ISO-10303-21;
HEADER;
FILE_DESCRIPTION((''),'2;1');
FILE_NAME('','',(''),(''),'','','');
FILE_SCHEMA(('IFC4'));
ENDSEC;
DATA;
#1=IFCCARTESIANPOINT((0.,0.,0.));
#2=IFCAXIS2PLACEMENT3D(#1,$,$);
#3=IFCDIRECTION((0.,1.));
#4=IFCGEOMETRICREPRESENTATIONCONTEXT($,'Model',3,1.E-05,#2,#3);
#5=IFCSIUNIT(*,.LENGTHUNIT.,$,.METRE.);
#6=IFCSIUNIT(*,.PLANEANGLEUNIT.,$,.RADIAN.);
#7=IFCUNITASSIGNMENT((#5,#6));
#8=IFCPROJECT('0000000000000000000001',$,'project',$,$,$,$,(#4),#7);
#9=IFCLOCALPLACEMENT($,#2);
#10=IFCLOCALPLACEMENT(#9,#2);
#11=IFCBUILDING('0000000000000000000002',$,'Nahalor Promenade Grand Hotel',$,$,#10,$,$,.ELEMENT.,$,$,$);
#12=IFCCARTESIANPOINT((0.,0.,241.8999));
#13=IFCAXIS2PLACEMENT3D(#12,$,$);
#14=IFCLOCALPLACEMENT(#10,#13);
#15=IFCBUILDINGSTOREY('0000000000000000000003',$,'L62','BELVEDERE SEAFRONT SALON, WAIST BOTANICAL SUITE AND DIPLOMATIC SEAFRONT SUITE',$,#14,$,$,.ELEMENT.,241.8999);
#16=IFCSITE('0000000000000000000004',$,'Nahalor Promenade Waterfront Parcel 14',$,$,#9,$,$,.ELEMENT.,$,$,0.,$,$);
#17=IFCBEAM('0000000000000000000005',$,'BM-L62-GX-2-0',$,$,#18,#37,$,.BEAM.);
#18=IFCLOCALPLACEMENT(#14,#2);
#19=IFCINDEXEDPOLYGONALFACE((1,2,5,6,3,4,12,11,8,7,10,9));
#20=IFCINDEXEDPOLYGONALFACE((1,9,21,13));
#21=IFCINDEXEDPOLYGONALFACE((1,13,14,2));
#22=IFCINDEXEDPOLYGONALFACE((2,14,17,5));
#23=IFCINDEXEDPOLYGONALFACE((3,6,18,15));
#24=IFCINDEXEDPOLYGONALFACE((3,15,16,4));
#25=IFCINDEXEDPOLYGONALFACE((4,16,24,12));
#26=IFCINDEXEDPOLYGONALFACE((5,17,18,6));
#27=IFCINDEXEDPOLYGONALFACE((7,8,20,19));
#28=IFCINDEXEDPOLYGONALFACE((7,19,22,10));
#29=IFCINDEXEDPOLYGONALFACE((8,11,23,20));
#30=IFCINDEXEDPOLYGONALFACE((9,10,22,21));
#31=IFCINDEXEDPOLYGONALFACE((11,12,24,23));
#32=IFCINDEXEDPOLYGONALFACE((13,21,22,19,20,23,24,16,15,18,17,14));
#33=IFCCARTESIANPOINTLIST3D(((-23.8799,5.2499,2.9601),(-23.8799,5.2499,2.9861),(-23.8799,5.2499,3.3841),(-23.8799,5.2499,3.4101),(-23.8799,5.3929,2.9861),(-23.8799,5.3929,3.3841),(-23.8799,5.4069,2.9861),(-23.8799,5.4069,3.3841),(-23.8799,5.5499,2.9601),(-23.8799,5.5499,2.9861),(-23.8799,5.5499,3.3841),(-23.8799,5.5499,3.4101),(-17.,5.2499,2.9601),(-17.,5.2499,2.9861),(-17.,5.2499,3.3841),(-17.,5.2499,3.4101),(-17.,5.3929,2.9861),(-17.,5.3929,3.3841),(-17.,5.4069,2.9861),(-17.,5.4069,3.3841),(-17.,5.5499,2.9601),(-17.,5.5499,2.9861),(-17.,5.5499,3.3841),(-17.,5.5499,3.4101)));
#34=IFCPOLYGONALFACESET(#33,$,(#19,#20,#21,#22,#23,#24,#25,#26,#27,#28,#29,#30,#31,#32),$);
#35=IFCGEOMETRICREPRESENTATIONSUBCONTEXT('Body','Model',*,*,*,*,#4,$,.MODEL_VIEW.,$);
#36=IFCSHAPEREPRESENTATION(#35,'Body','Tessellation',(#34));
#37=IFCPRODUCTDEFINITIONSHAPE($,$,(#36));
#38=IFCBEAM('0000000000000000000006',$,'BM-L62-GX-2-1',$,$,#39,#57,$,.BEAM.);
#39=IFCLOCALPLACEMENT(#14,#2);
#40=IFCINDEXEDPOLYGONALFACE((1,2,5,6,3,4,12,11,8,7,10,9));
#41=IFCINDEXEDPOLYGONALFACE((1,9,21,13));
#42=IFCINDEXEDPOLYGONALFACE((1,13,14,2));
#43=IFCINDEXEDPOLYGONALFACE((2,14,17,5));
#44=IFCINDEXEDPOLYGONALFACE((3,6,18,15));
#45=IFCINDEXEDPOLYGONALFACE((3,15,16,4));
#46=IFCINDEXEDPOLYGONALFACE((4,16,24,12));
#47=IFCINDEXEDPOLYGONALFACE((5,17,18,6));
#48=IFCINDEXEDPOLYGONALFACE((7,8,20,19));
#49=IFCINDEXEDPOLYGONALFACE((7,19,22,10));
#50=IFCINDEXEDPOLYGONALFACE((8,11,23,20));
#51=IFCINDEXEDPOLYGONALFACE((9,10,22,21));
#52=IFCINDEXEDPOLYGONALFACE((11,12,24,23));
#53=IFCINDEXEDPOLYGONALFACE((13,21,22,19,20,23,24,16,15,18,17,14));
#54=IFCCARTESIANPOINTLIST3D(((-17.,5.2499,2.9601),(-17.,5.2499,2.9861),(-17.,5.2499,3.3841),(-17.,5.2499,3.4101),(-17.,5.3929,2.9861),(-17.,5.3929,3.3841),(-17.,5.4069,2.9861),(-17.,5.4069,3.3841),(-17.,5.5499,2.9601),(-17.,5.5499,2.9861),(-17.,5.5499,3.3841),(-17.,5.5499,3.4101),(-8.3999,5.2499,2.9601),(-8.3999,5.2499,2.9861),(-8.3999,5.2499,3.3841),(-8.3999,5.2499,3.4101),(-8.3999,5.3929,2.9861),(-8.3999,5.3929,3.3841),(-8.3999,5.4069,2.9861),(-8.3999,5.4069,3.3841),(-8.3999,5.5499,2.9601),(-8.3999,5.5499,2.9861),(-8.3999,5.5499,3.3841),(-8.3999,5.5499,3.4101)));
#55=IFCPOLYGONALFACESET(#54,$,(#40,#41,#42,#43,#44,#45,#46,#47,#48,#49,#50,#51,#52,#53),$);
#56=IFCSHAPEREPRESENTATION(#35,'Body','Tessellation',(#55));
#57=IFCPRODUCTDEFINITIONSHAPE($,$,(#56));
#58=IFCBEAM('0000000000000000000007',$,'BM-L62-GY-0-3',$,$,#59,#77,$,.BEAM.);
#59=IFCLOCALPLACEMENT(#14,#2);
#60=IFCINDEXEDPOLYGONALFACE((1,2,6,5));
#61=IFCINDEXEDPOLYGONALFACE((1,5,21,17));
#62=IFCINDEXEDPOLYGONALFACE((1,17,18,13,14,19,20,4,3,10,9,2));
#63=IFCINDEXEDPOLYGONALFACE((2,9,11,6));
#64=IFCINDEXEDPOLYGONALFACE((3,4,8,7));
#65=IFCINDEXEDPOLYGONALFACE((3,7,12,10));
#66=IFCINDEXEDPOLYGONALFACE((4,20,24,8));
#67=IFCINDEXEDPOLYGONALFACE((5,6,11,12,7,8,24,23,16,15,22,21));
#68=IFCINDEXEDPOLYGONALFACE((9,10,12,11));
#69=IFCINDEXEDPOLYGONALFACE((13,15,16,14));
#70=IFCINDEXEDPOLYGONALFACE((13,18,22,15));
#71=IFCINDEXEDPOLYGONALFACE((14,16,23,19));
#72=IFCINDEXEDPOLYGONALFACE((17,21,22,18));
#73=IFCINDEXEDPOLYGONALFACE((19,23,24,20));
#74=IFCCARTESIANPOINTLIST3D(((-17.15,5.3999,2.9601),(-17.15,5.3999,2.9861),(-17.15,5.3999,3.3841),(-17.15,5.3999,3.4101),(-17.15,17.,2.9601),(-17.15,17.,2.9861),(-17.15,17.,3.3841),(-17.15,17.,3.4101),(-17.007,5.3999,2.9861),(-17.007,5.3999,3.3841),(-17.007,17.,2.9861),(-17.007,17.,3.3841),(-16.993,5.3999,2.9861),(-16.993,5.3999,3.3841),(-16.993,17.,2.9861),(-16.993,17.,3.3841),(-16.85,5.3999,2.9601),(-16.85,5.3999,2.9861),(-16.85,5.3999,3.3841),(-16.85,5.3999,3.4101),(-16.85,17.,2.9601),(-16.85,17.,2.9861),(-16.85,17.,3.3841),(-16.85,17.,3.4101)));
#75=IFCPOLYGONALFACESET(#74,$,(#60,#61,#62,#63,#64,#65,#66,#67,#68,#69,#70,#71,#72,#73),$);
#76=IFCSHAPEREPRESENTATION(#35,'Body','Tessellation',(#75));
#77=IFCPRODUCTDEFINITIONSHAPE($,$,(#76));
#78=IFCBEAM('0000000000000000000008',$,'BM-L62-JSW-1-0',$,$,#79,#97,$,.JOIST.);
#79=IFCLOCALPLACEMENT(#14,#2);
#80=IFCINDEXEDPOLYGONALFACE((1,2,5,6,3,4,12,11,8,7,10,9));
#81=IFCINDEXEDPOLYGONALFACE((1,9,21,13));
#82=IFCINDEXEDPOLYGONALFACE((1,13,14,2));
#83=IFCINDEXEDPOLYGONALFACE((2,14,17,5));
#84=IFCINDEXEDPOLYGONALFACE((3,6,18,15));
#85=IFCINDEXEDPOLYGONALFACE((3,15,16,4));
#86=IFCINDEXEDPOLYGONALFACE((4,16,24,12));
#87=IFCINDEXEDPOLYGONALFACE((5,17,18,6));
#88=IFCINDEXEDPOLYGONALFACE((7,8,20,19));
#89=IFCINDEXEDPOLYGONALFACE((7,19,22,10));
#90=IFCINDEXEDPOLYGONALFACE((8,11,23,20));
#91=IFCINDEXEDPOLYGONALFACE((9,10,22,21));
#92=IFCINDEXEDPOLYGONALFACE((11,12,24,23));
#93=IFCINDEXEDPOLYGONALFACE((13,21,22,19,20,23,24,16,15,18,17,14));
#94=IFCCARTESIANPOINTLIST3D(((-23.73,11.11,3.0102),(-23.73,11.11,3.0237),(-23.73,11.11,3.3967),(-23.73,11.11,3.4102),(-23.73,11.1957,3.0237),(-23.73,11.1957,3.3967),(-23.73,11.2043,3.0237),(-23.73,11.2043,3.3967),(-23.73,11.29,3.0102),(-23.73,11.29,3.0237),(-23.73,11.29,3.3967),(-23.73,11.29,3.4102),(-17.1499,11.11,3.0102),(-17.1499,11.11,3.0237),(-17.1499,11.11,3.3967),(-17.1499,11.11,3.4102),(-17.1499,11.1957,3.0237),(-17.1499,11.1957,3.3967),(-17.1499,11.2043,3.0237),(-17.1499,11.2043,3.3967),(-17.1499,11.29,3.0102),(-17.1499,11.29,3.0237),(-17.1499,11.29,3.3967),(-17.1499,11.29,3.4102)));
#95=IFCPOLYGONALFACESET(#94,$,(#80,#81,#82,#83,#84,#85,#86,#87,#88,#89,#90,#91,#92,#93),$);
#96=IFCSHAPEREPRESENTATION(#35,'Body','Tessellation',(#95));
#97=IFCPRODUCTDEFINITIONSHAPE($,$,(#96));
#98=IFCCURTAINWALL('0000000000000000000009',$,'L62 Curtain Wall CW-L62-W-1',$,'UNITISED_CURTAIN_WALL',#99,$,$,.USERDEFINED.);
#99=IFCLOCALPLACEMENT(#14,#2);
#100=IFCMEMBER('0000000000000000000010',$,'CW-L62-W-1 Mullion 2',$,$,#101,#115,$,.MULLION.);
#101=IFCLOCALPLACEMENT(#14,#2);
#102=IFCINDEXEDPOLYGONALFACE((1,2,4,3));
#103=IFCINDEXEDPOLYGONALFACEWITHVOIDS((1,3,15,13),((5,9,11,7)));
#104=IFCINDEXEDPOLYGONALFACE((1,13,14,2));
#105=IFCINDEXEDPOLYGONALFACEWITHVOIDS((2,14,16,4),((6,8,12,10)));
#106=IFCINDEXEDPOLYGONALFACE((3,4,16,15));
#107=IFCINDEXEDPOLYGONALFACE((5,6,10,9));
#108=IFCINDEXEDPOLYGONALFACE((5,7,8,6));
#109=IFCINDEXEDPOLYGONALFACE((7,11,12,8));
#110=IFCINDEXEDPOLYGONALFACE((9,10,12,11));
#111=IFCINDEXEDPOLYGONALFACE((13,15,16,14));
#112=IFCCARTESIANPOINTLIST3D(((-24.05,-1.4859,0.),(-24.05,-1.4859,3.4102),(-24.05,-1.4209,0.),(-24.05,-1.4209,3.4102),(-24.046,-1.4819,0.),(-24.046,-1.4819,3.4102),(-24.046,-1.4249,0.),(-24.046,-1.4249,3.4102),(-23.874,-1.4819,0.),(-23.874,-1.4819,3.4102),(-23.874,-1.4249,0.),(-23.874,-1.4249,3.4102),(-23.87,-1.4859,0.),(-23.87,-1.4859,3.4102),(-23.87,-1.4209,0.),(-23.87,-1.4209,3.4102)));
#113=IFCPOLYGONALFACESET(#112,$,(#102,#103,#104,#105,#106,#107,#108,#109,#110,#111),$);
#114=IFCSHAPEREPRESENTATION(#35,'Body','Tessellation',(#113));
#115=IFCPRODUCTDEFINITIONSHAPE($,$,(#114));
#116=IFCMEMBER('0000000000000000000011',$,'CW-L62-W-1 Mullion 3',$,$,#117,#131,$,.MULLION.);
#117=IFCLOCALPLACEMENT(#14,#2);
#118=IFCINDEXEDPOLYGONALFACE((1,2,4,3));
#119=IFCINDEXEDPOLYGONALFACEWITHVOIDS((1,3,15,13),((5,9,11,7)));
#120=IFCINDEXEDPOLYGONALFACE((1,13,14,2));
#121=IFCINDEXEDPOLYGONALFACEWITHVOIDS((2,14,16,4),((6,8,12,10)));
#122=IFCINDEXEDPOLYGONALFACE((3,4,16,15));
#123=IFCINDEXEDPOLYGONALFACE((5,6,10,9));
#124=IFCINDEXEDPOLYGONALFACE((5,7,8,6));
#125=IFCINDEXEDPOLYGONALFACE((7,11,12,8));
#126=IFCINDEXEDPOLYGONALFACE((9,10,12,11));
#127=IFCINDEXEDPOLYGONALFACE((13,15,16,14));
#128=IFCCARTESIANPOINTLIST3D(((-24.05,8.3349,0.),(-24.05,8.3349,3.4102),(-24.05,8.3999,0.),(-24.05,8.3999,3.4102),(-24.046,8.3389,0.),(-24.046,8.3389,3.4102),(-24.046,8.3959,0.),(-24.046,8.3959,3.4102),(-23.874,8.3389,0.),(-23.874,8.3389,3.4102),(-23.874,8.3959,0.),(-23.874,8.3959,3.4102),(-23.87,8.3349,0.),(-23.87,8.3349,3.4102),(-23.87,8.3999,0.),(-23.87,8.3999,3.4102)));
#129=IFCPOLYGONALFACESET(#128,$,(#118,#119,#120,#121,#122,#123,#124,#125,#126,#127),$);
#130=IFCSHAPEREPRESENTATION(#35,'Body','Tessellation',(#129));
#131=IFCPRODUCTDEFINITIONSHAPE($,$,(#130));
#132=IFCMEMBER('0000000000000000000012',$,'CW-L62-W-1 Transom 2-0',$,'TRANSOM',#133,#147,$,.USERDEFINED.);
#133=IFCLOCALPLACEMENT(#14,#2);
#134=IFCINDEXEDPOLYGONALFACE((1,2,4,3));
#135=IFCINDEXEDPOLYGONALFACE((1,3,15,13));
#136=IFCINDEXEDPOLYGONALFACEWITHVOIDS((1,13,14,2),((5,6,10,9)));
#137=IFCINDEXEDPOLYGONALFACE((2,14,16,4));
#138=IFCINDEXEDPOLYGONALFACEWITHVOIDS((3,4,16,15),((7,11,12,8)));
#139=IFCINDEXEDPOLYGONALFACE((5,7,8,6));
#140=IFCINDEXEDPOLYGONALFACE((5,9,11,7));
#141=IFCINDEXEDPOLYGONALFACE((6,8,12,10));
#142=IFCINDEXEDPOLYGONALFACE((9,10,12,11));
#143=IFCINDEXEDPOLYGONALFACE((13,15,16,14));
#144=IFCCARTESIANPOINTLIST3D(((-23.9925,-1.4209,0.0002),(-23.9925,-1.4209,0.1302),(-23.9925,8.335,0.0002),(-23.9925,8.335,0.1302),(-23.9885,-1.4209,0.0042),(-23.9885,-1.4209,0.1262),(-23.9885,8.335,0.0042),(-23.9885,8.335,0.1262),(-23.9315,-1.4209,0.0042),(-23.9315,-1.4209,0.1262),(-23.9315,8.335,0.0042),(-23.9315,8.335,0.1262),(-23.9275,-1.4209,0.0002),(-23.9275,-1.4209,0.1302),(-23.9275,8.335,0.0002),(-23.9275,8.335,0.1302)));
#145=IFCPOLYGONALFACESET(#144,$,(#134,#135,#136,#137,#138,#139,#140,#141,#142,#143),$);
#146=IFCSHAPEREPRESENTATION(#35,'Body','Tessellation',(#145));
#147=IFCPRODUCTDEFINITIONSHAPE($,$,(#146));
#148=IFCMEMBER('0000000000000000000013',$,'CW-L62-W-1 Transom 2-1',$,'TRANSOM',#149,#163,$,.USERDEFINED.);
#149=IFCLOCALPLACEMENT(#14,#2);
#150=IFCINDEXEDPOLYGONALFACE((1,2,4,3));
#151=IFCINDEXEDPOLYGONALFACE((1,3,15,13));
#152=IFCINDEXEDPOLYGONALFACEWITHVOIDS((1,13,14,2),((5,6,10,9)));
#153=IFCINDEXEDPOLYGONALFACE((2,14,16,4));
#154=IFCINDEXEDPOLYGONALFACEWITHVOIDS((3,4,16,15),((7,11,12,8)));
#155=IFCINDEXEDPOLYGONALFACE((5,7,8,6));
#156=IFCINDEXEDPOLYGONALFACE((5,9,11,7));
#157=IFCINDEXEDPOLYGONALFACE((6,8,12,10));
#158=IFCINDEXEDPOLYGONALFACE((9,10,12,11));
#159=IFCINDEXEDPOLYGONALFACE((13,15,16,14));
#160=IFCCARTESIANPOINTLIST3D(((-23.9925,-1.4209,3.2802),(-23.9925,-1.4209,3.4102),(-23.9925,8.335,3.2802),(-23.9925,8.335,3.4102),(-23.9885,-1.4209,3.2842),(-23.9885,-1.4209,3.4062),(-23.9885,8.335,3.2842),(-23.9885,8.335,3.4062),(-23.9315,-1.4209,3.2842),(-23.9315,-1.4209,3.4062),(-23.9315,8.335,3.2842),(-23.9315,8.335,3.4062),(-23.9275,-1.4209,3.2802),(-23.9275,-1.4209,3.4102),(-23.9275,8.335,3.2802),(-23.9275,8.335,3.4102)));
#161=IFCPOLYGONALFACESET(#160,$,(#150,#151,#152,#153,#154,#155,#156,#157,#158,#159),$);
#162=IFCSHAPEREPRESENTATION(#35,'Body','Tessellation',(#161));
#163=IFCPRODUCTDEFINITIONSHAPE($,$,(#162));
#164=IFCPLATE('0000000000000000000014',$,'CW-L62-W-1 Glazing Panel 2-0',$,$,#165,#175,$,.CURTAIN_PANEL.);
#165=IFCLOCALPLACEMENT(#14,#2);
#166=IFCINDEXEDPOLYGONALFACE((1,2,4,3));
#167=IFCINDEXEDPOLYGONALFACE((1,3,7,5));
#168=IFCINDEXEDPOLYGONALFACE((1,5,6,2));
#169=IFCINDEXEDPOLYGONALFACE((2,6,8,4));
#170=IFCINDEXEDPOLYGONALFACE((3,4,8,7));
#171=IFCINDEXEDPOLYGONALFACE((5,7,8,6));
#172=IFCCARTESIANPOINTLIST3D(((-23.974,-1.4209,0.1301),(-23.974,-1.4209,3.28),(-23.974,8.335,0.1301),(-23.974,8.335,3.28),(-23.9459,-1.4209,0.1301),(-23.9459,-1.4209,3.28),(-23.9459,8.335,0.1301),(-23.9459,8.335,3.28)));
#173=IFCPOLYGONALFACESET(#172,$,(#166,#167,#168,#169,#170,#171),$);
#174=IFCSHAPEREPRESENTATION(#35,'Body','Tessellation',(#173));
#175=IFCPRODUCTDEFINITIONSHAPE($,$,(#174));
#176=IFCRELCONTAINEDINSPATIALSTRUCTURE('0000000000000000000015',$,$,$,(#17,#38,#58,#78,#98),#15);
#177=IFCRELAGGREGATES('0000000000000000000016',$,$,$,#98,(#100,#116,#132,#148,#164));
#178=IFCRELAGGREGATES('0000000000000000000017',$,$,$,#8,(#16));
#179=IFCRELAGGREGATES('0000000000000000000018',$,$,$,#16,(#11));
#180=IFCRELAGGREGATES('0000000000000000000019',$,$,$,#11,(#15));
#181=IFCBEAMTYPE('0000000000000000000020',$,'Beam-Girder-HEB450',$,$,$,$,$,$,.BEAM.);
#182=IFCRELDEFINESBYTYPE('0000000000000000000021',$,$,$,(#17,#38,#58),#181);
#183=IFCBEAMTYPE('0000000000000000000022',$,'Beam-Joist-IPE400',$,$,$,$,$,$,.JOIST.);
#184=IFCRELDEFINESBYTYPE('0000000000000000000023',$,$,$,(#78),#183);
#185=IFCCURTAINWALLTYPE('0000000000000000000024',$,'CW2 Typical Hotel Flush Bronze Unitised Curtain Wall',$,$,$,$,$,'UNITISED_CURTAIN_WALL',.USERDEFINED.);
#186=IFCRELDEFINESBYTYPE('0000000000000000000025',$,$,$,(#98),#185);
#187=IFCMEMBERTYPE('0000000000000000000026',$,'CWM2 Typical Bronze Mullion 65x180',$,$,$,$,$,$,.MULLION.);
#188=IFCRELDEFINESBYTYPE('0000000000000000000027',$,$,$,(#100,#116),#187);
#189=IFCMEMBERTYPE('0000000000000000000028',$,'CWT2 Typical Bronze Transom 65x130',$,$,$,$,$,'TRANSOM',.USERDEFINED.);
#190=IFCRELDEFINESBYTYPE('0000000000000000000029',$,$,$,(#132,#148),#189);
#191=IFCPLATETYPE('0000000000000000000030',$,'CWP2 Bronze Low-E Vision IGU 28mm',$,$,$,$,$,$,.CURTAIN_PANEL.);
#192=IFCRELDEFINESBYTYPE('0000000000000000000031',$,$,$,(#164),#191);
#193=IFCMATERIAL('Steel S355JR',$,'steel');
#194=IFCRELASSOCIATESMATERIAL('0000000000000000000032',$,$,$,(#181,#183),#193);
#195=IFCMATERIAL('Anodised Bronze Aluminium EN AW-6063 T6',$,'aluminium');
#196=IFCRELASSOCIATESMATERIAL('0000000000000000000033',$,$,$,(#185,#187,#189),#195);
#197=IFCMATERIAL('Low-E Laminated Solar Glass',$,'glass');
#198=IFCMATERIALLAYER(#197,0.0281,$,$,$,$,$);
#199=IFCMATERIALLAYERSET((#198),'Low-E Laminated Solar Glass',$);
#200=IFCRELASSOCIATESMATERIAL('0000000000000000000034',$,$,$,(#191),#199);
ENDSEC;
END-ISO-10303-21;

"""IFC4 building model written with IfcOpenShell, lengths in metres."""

from ifc_helpers import new_model, si_unit, direction, frame, origin, origin_2d, place, context, subcontext, project, spatial, rectangle, hollow_rectangle, i_section, extrude, source, transform, mapped, material, layer, layer_set, material_profile, profile_set, type_object, element, aggregate, save


model = new_model("IFC4")

# Units and contexts
model_context = context("Model", 3, precision=1e-05, world=origin(), true_north=direction((0.0, 1.0)))
body_context = subcontext(model_context, "Body", "Model", "MODEL_VIEW")
ifc_project = project(units=[si_unit("LENGTHUNIT", "METRE"), si_unit("PLANEANGLEUNIT", "RADIAN")], contexts=[model_context])

# Site, building, storey
site_placement = place(None, origin())
site = spatial("IfcSite", under=ifc_project, at=site_placement, Name="Nahalor Promenade Waterfront Parcel 14", CompositionType="ELEMENT", RefElevation=0.0)
building_placement = place(site_placement, origin())
building = spatial("IfcBuilding", under=site, at=building_placement, Name="Nahalor Promenade Grand Hotel", CompositionType="ELEMENT")
storey_placement = place(building_placement, frame((0.0, 0.0, 241.8999)))
storey = spatial("IfcBuildingStorey", under=building, at=storey_placement, Name="L62", Description="BELVEDERE SEAFRONT SALON, WAIST BOTANICAL SUITE AND DIPLOMATIC SEAFRONT SUITE", CompositionType="ELEMENT", Elevation=241.8999)

# Shared definitions
ifc_material_1 = material(Name="Steel S355JR", Category="steel")

# Beams
ifc_material_profile_1 = material_profile(ifc_material_1, i_section(OverallWidth=0.3, OverallDepth=0.45, WebThickness=0.014, FlangeThickness=0.026, at=origin_2d()), Name="HEB 450")
ifc_profile_set_1 = profile_set([ifc_material_profile_1], Name="Steel S355JR")
beam_type_1 = type_object("IfcBeamType", Name="Beam-Girder-HEB450", PredefinedType="BEAM", material=ifc_profile_set_1)
shared_shape_1 = source(origin(), body_context, "Body", "SweptSolid", [
    extrude(i_section(OverallWidth=0.3, OverallDepth=0.45, WebThickness=0.014, FlangeThickness=0.026, at=origin_2d()), origin(), (0.0, 0.0, 1.0), 6.8799),
])
beam_1_placement = place(storey_placement, frame((-23.8799, 5.3999, 3.1851), z_axis=(1.0, 0.0, 0.0), x_axis=(0.0, 1.0, 0.0)))
element("IfcBeam", 1, at=beam_1_placement, inside=storey, type_object=beam_type_1, Name="BM-L62-GX-2-0", PredefinedType="BEAM", context=body_context, shape_type="MappedRepresentation", body=[
    mapped(shared_shape_1, transform((0.0, 0.0, 0.0), scale=1.0)),
])
shared_shape_2 = source(origin(), body_context, "Body", "SweptSolid", [
    extrude(i_section(OverallWidth=0.3, OverallDepth=0.45, WebThickness=0.014, FlangeThickness=0.026, at=origin_2d()), origin(), (0.0, 0.0, 1.0), 8.6001),
])
beam_2_placement = place(storey_placement, frame((-17.0, 5.3999, 3.1851), z_axis=(1.0, 0.0, 0.0), x_axis=(0.0, 1.0, 0.0)))
element("IfcBeam", 2, at=beam_2_placement, inside=storey, type_object=beam_type_1, Name="BM-L62-GX-2-1", PredefinedType="BEAM", context=body_context, shape_type="MappedRepresentation", body=[
    mapped(shared_shape_2, transform((0.0, 0.0, 0.0), scale=1.0)),
])
shared_shape_3 = source(origin(), body_context, "Body", "SweptSolid", [
    extrude(i_section(OverallWidth=0.3, OverallDepth=0.45, WebThickness=0.014, FlangeThickness=0.026, at=origin_2d()), origin(), (0.0, 0.0, 1.0), 11.6001),
])
beam_3_placement = place(storey_placement, frame((-17.0, 5.3999, 3.1851), z_axis=(0.0, 1.0, 0.0), x_axis=(-1.0, 0.0, 0.0)))
element("IfcBeam", 3, at=beam_3_placement, inside=storey, type_object=beam_type_1, Name="BM-L62-GY-0-3", PredefinedType="BEAM", context=body_context, shape_type="MappedRepresentation", body=[
    mapped(shared_shape_3, transform((0.0, 0.0, 0.0), scale=1.0)),
])
ifc_material_profile_2 = material_profile(ifc_material_1, i_section(OverallWidth=0.18, OverallDepth=0.4, WebThickness=0.0086, FlangeThickness=0.0135, at=origin_2d()), Name="IPE 400")
ifc_profile_set_2 = profile_set([ifc_material_profile_2], Name="Steel S355JR")
beam_type_2 = type_object("IfcBeamType", Name="Beam-Joist-IPE400", PredefinedType="JOIST", material=ifc_profile_set_2)
shared_shape_4 = source(origin(), body_context, "Body", "SweptSolid", [
    extrude(i_section(OverallWidth=0.18, OverallDepth=0.4, WebThickness=0.0086, FlangeThickness=0.0135, at=origin_2d()), origin(), (0.0, 0.0, 1.0), 6.5801),
])
beam_4_placement = place(storey_placement, frame((-23.73, 11.2, 3.2102), z_axis=(1.0, 0.0, 0.0), x_axis=(0.0, 1.0, 0.0)))
element("IfcBeam", 4, at=beam_4_placement, inside=storey, type_object=beam_type_2, Name="BM-L62-JSW-1-0", PredefinedType="JOIST", context=body_context, shape_type="MappedRepresentation", body=[
    mapped(shared_shape_4, transform((0.0, 0.0, 0.0), scale=1.0)),
])

# Curtain wall, members, plate
ifc_material_2 = material(Name="Anodised Bronze Aluminium EN AW-6063 T6", Category="aluminium")
curtain_wall_type = type_object("IfcCurtainWallType", Name="CW2 Typical Hotel Flush Bronze Unitised Curtain Wall", ElementType="UNITISED_CURTAIN_WALL", PredefinedType="USERDEFINED", material=ifc_material_2)
curtain_wall_placement = place(storey_placement, origin())
curtain_wall = element("IfcCurtainWall", 5, at=curtain_wall_placement, inside=storey, type_object=curtain_wall_type, Name="L62 Curtain Wall CW-L62-W-1", ObjectType="UNITISED_CURTAIN_WALL", PredefinedType="USERDEFINED")
ifc_material_profile_3 = material_profile(ifc_material_2, hollow_rectangle(XDim=0.065, YDim=0.18, WallThickness=0.004, at=origin_2d()), Name="CWM 65x180x4")
ifc_profile_set_3 = profile_set([ifc_material_profile_3], Name="Anodised Bronze Aluminium EN AW-6063 T6")
member_type_1 = type_object("IfcMemberType", Name="CWM2 Typical Bronze Mullion 65x180", PredefinedType="MULLION", material=ifc_profile_set_3)
shared_shape_5 = source(origin(), body_context, "Body", "SweptSolid", [
    extrude(hollow_rectangle(XDim=0.065, YDim=0.18, WallThickness=0.004, at=origin_2d()), origin(), (0.0, 0.0, 1.0), 3.4102),
])
member_1_placement = place(storey_placement, frame((-23.96, -1.4534, 0.0), z_axis=(0.0, 0.0, 1.0), x_axis=(0.0, 1.0, 0.0)))
member_1 = element("IfcMember", 6, at=member_1_placement, type_object=member_type_1, Name="CW-L62-W-1 Mullion 2", PredefinedType="MULLION", context=body_context, shape_type="MappedRepresentation", body=[
    mapped(shared_shape_5, transform((0.0, 0.0, 0.0), scale=1.0)),
])
member_2_placement = place(storey_placement, frame((-23.96, 8.3674, 0.0), z_axis=(0.0, 0.0, 1.0), x_axis=(0.0, 1.0, 0.0)))
member_2 = element("IfcMember", 7, at=member_2_placement, type_object=member_type_1, Name="CW-L62-W-1 Mullion 3", PredefinedType="MULLION", context=body_context, shape_type="MappedRepresentation", body=[
    mapped(shared_shape_5, transform((0.0, 0.0, 0.0), scale=1.0)),
])
ifc_material_profile_4 = material_profile(ifc_material_2, hollow_rectangle(XDim=0.065, YDim=0.13, WallThickness=0.004, at=origin_2d()), Name="CWT 65x130x4")
ifc_profile_set_4 = profile_set([ifc_material_profile_4], Name="Anodised Bronze Aluminium EN AW-6063 T6")
member_type_2 = type_object("IfcMemberType", Name="CWT2 Typical Bronze Transom 65x130", ElementType="TRANSOM", PredefinedType="USERDEFINED", material=ifc_profile_set_4)
shared_shape_6 = source(origin(), body_context, "Body", "SweptSolid", [
    extrude(hollow_rectangle(XDim=0.065, YDim=0.13, WallThickness=0.004, at=origin_2d()), origin(), (0.0, 0.0, 1.0), 9.7559),
])
member_3_placement = place(storey_placement, frame((-23.96, -1.4209, 0.0652), z_axis=(0.0, 1.0, 0.0), x_axis=(-1.0, 0.0, 0.0)))
member_3 = element("IfcMember", 8, at=member_3_placement, type_object=member_type_2, Name="CW-L62-W-1 Transom 2-0", ObjectType="TRANSOM", PredefinedType="USERDEFINED", context=body_context, shape_type="MappedRepresentation", body=[
    mapped(shared_shape_6, transform((0.0, 0.0, 0.0), scale=1.0)),
])
member_4_placement = place(storey_placement, frame((-23.96, -1.4209, 3.3452), z_axis=(0.0, 1.0, 0.0), x_axis=(-1.0, 0.0, 0.0)))
member_4 = element("IfcMember", 9, at=member_4_placement, type_object=member_type_2, Name="CW-L62-W-1 Transom 2-1", ObjectType="TRANSOM", PredefinedType="USERDEFINED", context=body_context, shape_type="MappedRepresentation", body=[
    mapped(shared_shape_6, transform((0.0, 0.0, 0.0), scale=1.0)),
])
ifc_material_3 = material(Name="Low-E Laminated Solar Glass", Category="glass")
ifc_layer_1 = layer(ifc_material_3, 0.0281)
ifc_layer_set_1 = layer_set([ifc_layer_1], Name="Low-E Laminated Solar Glass")
plate_type = type_object("IfcPlateType", Name="CWP2 Bronze Low-E Vision IGU 28mm", PredefinedType="CURTAIN_PANEL", material=ifc_layer_set_1)
shared_shape_7 = source(origin(), body_context, "Body", "SweptSolid", [
    extrude(rectangle(XDim=9.7559, YDim=0.0281, at=origin_2d()), origin(), (0.0, 0.0, 1.0), 3.1499),
])
plate_placement = place(storey_placement, frame((-23.96, 3.457, 0.1301), z_axis=(0.0, 0.0, 1.0), x_axis=(0.0, 1.0, 0.0)))
plate = element("IfcPlate", 10, at=plate_placement, type_object=plate_type, Name="CW-L62-W-1 Glazing Panel 2-0", PredefinedType="CURTAIN_PANEL", context=body_context, shape_type="MappedRepresentation", body=[
    mapped(shared_shape_7, transform((0.0, 0.0, 0.0), scale=1.0)),
])
aggregate(curtain_wall, [member_1, member_2, member_3, member_4, plate])

save(model, "model.ifc")
